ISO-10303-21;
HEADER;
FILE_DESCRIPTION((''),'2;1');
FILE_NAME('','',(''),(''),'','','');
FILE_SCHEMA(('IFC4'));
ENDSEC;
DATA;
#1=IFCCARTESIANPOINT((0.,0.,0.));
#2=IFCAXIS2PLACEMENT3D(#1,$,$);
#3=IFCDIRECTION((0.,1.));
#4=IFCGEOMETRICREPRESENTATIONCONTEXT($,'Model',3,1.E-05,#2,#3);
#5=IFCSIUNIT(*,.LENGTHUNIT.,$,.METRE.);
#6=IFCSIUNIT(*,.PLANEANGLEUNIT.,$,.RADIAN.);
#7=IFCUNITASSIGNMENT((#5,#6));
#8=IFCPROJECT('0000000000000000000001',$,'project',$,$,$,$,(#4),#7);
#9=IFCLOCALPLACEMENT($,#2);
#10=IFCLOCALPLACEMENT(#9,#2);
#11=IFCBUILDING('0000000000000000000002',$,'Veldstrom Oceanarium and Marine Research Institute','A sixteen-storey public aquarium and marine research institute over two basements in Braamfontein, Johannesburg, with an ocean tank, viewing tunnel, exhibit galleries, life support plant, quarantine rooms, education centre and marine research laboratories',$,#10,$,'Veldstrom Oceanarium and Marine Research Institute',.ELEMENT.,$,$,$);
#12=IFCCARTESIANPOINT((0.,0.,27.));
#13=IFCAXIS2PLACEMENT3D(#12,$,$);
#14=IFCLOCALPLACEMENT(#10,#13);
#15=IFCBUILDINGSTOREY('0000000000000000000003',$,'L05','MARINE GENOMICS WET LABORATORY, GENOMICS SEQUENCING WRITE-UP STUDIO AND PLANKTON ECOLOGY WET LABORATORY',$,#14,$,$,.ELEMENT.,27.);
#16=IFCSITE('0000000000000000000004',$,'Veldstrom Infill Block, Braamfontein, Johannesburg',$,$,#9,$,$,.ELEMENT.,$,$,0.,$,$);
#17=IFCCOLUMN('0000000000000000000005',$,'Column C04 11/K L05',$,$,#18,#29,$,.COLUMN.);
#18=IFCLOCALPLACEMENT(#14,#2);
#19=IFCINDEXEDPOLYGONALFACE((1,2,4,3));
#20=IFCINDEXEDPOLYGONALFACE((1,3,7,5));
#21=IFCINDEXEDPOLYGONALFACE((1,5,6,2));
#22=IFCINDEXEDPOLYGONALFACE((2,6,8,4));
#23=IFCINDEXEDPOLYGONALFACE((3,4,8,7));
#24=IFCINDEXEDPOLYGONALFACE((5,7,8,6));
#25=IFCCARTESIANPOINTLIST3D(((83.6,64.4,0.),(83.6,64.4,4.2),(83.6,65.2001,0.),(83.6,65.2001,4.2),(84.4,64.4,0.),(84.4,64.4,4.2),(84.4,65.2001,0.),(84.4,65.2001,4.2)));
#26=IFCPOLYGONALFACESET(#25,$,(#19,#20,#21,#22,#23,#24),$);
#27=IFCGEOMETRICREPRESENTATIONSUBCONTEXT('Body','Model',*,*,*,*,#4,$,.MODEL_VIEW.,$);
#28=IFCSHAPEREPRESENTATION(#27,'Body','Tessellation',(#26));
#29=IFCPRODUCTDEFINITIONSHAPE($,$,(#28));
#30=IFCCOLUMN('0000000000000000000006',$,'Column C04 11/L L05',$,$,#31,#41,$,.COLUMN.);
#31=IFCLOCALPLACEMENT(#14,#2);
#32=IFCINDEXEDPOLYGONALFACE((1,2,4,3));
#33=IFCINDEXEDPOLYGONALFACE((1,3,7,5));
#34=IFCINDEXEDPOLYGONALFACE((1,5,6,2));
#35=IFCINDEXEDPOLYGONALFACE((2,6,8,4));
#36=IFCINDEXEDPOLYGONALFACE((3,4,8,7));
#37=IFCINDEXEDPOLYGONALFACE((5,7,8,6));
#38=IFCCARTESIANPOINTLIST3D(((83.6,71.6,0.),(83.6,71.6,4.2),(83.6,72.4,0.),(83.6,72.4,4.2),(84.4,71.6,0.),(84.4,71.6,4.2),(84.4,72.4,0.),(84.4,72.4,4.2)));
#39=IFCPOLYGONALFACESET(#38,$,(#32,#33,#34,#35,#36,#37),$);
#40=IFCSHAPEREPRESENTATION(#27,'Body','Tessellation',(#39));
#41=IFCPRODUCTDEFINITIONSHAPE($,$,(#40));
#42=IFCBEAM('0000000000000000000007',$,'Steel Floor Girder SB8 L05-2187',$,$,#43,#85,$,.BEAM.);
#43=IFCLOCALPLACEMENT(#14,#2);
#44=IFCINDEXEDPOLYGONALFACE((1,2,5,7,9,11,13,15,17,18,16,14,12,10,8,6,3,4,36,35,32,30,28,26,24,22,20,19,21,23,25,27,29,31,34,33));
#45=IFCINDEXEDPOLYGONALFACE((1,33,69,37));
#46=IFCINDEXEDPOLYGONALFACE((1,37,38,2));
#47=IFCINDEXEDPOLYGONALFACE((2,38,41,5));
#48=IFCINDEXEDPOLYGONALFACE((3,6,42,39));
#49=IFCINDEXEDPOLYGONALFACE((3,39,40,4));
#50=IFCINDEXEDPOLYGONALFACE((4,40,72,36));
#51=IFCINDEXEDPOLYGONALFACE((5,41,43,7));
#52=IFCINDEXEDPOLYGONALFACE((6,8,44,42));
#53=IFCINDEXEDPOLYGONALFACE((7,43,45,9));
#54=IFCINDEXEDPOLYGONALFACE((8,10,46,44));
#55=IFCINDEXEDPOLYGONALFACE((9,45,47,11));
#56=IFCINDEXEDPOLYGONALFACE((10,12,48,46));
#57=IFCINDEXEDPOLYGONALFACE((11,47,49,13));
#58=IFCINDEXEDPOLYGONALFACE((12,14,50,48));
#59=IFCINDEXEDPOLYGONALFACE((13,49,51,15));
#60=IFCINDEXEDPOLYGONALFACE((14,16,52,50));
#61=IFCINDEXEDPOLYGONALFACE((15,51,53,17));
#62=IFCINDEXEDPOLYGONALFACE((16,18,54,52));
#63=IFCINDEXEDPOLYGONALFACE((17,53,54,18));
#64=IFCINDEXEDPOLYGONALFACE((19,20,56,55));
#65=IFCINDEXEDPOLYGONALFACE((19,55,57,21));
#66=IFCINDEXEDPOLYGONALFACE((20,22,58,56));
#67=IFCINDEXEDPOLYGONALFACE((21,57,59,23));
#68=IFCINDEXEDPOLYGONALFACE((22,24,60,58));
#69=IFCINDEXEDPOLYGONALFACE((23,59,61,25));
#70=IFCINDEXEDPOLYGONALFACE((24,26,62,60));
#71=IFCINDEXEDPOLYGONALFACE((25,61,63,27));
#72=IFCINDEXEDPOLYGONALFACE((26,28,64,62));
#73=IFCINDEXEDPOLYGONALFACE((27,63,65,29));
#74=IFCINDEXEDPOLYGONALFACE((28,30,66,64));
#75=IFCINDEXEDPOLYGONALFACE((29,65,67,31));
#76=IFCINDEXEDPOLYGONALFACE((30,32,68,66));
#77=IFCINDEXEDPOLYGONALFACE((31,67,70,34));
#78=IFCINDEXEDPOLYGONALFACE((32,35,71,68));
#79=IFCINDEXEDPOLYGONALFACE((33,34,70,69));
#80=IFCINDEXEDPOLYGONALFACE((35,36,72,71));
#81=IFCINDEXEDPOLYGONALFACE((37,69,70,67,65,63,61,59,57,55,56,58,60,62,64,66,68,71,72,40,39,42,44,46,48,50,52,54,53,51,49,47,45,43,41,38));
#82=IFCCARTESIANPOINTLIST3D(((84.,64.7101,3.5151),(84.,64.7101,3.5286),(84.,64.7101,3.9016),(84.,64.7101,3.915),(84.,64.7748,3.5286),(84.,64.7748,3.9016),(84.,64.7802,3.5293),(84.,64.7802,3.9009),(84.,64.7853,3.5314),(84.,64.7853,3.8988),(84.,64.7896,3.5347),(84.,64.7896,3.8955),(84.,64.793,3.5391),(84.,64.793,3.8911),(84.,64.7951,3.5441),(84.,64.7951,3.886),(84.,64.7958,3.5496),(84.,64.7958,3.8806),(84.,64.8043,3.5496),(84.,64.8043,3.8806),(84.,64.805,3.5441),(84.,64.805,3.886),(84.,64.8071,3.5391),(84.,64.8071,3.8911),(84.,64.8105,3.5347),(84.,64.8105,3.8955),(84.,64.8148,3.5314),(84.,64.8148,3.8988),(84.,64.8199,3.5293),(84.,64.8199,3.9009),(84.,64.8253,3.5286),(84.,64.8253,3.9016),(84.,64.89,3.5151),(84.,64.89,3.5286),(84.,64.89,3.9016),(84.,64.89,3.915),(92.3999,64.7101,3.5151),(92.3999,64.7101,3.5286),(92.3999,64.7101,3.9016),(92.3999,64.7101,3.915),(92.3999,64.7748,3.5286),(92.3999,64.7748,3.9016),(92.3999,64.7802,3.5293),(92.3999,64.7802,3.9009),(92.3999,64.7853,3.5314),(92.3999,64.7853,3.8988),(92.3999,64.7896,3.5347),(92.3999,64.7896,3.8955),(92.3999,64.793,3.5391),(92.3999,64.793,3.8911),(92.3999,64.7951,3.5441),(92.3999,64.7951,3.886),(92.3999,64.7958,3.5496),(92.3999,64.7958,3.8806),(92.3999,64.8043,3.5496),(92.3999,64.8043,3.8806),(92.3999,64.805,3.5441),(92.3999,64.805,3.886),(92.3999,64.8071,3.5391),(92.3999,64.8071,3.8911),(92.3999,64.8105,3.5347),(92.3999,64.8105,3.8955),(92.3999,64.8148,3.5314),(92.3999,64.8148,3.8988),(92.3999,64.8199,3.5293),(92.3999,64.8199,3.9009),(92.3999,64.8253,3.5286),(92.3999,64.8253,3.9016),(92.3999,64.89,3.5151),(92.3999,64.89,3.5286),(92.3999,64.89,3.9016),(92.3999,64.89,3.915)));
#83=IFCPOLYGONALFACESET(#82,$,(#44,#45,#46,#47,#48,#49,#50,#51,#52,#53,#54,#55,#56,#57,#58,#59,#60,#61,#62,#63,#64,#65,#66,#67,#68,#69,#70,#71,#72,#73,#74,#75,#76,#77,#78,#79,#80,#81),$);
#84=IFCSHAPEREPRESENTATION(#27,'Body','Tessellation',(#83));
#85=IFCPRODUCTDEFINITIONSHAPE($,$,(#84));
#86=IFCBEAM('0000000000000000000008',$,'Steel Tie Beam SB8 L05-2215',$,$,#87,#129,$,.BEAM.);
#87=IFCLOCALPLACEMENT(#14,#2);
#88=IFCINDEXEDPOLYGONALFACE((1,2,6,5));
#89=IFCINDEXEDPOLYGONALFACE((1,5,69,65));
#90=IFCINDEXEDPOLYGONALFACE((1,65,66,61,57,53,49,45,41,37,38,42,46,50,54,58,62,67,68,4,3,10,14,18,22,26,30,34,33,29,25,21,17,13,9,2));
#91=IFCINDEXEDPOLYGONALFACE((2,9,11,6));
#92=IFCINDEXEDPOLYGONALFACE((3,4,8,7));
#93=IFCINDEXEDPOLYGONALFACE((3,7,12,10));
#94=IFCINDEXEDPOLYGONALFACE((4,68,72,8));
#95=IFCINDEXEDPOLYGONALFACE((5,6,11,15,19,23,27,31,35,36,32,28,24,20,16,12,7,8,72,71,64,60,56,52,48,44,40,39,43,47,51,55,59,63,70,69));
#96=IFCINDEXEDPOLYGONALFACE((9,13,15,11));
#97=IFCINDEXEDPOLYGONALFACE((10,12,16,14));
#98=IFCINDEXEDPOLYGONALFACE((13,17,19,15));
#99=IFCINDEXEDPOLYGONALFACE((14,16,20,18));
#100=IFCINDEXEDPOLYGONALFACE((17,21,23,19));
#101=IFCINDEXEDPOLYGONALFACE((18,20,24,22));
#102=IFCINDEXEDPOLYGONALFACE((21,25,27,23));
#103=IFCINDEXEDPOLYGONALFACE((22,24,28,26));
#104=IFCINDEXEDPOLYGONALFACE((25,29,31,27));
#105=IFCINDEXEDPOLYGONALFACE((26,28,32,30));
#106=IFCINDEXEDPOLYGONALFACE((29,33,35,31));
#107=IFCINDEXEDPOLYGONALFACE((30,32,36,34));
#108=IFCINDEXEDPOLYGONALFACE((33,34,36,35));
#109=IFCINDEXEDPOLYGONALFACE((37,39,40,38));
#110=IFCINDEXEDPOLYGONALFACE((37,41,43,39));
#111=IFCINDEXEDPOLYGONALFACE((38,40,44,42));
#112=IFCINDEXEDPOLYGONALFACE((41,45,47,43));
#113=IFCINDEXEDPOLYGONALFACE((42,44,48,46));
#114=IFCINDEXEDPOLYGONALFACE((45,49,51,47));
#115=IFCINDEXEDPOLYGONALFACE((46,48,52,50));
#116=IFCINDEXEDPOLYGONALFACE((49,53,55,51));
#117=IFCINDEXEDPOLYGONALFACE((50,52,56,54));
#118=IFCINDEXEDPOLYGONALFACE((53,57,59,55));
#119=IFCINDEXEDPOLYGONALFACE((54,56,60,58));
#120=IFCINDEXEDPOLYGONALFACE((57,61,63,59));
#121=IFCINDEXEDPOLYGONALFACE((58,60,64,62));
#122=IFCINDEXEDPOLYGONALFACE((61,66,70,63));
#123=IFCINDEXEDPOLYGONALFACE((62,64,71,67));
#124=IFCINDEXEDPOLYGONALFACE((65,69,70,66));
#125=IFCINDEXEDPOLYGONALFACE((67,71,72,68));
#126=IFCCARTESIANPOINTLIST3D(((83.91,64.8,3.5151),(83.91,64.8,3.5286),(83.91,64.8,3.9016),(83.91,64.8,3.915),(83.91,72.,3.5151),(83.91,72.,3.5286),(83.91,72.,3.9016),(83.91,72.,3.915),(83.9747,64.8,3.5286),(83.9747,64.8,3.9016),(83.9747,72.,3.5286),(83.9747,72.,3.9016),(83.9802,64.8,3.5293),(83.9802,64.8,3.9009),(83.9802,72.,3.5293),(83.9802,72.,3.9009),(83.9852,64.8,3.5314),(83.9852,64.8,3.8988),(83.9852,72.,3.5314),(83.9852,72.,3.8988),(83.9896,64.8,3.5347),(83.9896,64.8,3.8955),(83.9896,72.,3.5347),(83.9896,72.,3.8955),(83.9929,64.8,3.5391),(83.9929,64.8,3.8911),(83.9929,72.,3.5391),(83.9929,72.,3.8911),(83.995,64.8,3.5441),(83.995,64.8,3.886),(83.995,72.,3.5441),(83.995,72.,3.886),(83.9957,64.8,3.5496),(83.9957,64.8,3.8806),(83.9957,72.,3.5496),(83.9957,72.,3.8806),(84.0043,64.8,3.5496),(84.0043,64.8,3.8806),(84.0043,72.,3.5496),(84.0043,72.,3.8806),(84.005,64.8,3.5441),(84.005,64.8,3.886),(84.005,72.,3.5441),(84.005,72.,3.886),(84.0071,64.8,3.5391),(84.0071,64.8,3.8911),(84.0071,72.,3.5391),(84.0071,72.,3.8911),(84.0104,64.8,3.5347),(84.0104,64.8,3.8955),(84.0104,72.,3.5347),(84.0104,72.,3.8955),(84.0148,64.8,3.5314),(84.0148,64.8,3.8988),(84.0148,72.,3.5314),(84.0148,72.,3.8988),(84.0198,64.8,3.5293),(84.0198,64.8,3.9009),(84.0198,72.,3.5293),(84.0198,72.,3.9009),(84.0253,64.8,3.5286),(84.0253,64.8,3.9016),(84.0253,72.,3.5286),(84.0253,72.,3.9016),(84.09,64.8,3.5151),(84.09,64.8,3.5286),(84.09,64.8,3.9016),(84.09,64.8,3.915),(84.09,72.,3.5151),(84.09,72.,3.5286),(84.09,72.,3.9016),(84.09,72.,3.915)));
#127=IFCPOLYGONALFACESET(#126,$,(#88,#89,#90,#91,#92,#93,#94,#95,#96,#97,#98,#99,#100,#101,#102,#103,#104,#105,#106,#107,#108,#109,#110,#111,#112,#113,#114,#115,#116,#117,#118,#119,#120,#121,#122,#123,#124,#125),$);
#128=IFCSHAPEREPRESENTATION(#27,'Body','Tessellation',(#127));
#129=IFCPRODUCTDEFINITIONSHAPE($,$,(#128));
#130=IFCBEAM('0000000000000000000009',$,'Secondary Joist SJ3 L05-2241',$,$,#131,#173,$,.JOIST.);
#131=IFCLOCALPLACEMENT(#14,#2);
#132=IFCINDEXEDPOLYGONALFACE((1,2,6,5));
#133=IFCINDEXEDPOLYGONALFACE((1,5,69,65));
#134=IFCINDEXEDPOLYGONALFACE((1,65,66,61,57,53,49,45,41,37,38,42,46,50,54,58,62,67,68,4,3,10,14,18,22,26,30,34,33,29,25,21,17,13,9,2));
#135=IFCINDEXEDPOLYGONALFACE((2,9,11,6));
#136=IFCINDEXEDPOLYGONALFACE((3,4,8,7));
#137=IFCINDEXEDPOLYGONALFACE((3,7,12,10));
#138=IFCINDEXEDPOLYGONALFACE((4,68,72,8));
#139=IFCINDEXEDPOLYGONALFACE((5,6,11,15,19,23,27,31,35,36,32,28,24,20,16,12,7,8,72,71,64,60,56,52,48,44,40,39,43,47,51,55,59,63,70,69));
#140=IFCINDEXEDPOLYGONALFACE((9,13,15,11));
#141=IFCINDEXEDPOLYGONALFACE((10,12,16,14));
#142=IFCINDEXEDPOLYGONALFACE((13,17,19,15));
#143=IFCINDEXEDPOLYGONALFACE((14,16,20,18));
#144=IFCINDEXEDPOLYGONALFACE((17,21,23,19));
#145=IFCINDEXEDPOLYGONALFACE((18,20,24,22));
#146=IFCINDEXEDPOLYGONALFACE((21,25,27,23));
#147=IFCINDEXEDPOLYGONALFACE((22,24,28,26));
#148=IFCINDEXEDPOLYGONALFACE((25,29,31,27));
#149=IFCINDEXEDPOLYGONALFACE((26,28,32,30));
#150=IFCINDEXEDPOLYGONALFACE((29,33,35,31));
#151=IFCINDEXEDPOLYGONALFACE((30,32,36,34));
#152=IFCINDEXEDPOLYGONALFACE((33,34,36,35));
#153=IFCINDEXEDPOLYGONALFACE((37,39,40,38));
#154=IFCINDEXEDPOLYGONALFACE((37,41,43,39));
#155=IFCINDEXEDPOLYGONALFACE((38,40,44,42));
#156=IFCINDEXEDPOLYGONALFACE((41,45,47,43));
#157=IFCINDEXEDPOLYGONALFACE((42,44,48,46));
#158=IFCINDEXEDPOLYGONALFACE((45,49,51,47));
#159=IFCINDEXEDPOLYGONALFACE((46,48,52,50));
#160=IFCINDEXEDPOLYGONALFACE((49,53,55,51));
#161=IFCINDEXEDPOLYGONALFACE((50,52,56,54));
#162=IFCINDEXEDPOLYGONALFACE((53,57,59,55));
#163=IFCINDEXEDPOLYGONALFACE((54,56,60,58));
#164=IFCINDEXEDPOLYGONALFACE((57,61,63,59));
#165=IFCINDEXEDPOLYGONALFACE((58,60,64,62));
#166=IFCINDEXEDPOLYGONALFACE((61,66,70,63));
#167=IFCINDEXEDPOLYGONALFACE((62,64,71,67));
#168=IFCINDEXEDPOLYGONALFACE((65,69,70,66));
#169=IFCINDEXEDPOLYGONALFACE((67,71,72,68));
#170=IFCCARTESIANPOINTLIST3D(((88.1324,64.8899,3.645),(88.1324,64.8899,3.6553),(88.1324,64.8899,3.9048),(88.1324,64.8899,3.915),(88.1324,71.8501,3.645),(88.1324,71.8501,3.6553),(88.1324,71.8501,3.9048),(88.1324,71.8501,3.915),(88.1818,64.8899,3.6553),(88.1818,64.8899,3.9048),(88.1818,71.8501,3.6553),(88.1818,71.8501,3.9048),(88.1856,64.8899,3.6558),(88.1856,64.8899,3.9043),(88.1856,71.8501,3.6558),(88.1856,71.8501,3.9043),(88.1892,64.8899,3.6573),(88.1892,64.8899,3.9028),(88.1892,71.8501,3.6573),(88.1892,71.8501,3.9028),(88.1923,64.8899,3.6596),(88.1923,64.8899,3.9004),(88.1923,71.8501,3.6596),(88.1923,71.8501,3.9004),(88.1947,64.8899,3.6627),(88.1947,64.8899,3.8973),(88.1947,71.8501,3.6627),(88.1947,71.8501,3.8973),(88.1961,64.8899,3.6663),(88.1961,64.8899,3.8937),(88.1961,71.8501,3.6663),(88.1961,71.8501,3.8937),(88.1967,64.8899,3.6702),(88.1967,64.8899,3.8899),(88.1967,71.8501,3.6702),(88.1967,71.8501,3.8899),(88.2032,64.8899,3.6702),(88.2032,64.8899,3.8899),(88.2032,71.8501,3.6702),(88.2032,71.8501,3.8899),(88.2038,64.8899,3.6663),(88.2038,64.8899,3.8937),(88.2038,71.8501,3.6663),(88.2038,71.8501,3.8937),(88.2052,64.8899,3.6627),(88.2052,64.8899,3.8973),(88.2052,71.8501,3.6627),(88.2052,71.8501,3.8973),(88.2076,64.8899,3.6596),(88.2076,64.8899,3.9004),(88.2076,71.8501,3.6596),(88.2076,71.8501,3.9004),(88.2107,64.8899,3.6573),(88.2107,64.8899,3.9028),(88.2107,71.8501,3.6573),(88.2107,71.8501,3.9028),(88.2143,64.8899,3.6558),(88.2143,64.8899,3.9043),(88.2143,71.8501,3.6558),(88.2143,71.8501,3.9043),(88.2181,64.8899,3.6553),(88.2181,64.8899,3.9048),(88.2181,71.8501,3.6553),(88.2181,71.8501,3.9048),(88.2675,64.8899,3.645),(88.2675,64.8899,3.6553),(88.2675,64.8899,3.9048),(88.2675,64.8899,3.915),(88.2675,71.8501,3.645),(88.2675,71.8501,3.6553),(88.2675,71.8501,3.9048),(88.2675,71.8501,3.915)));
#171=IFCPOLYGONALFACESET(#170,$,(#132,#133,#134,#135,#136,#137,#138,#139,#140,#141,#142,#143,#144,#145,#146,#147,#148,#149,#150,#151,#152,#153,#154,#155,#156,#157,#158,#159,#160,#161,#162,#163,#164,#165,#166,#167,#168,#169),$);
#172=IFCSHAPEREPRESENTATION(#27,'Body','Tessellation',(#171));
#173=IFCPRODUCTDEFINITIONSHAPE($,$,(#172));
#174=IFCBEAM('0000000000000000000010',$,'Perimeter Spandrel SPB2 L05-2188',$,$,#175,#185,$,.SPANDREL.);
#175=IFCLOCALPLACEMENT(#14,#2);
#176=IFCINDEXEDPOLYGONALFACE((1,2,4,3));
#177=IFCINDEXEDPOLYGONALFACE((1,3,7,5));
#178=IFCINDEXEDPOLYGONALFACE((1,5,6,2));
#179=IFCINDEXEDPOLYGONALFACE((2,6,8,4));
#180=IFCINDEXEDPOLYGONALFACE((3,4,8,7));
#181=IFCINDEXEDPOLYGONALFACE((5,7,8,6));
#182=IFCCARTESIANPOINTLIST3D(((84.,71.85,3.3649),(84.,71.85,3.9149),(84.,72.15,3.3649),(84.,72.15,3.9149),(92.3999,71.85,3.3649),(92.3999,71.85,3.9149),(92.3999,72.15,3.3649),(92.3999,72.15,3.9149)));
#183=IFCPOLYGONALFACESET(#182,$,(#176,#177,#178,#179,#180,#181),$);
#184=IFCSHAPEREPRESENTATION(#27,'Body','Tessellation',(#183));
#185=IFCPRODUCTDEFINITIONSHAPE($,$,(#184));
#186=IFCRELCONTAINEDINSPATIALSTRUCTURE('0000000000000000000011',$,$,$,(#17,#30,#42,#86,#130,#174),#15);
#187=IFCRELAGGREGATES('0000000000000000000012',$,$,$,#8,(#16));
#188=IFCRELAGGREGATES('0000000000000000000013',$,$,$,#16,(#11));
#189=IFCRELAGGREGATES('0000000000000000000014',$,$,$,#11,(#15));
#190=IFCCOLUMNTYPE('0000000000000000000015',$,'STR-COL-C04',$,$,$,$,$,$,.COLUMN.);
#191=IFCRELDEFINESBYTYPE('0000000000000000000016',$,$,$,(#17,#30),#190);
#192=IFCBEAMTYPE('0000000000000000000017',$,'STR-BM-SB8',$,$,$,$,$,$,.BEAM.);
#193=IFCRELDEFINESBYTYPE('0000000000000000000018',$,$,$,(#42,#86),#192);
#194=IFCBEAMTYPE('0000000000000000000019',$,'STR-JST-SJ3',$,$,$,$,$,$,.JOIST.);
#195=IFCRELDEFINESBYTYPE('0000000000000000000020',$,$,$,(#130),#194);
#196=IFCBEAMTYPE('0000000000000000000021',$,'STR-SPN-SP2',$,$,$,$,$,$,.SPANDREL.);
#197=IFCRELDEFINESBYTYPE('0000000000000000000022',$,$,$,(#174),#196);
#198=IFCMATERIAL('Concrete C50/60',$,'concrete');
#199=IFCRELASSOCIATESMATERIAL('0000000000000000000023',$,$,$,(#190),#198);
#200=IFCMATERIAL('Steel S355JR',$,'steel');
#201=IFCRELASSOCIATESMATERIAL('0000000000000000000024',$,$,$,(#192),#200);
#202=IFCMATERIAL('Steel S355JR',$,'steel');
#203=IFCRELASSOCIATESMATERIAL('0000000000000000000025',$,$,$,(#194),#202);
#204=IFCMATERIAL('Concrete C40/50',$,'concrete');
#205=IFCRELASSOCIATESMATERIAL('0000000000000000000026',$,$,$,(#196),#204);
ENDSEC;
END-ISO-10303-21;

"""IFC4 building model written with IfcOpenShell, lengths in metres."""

from ifc_helpers import new_model, si_unit, direction, frame, origin, origin_2d, place, context, subcontext, project, spatial, rectangle, i_section, extrude, material, material_profile, profile_set, type_object, element, save


model = new_model("IFC4")

# Units and contexts
model_context = context("Model", 3, precision=1e-05, world=origin(), true_north=direction((0.0, 1.0)))
body_context = subcontext(model_context, "Body", "Model", "MODEL_VIEW")
ifc_project = project(units=[si_unit("LENGTHUNIT", "METRE"), si_unit("PLANEANGLEUNIT", "RADIAN")], contexts=[model_context])

# Site, building, storey
site_placement = place(None, origin())
site = spatial("IfcSite", under=ifc_project, at=site_placement, Name="Veldstrom Infill Block, Braamfontein, Johannesburg", CompositionType="ELEMENT", RefElevation=0.0)
building_placement = place(site_placement, origin())
building = spatial("IfcBuilding", under=site, at=building_placement, Name="Veldstrom Oceanarium and Marine Research Institute", Description="A sixteen-storey public aquarium and marine research institute over two basements in Braamfontein, Johannesburg, with an ocean tank, viewing tunnel, exhibit galleries, life support plant, quarantine rooms, education centre and marine research laboratories", LongName="Veldstrom Oceanarium and Marine Research Institute", CompositionType="ELEMENT")
storey_placement = place(building_placement, frame((0.0, 0.0, 27.0)))
storey = spatial("IfcBuildingStorey", under=building, at=storey_placement, Name="L05", Description="MARINE GENOMICS WET LABORATORY, GENOMICS SEQUENCING WRITE-UP STUDIO AND PLANKTON ECOLOGY WET LABORATORY", CompositionType="ELEMENT", Elevation=27.0)

# Columns
ifc_material_1 = material(Name="Concrete C50/60", Category="concrete")
ifc_material_profile_1 = material_profile(ifc_material_1, rectangle(XDim=0.8, YDim=0.8, at=origin_2d()), Name="RC-COL-800x800")
ifc_profile_set_1 = profile_set([ifc_material_profile_1], Name="Concrete C50/60")
column_type = type_object("IfcColumnType", Name="STR-COL-C04", PredefinedType="COLUMN", material=ifc_profile_set_1)
for number, where, z_axis, x_axis, name in (
    (1, (84.0, 64.8, 0.0), (0.0, 0.0, 1.0), (1.0, 0.0, 0.0), "Column C04 11/K L05"),
    (2, (84.0, 72.0, 0.0), (0.0, 0.0, 1.0), (1.0, 0.0, 0.0), "Column C04 11/L L05"),
):
    element("IfcColumn", number, at=place(storey_placement, frame(where, z_axis=z_axis, x_axis=x_axis)), inside=storey, type_object=column_type, Name=name, PredefinedType="COLUMN", context=body_context, shape_type="SweptSolid", body=[
        extrude(rectangle(XDim=0.8, YDim=0.8, at=origin_2d()), origin(), (0.0, 0.0, 1.0), 4.2),
    ])

# Beams
ifc_material_2 = material(Name="Steel S355JR", Category="steel")
ifc_material_profile_2 = material_profile(ifc_material_2, i_section(OverallWidth=0.1799, OverallDepth=0.3999, WebThickness=0.0085, FlangeThickness=0.0134, FilletRadius=0.021, at=origin_2d()), Name="IPE 400")
ifc_profile_set_2 = profile_set([ifc_material_profile_2], Name="Steel S355JR")
beam_type_1 = type_object("IfcBeamType", Name="STR-BM-SB8", PredefinedType="BEAM", material=ifc_profile_set_2)
beam_1_placement = place(storey_placement, frame((84.0, 64.8, 3.7151), z_axis=(1.0, 0.0, 0.0), x_axis=(0.0, 1.0, 0.0)))
element("IfcBeam", 3, at=beam_1_placement, inside=storey, type_object=beam_type_1, Name="Steel Floor Girder SB8 L05-2187", PredefinedType="BEAM", context=body_context, shape_type="SweptSolid", body=[
    extrude(i_section(OverallWidth=0.1799, OverallDepth=0.3999, WebThickness=0.0085, FlangeThickness=0.0134, FilletRadius=0.021, at=origin_2d()), origin(), (0.0, 0.0, 1.0), 8.3999),
])
beam_2_placement = place(storey_placement, frame((84.0, 64.8, 3.7151), z_axis=(0.0, 1.0, 0.0), x_axis=(-1.0, 0.0, 0.0)))
element("IfcBeam", 4, at=beam_2_placement, inside=storey, type_object=beam_type_1, Name="Steel Tie Beam SB8 L05-2215", PredefinedType="BEAM", context=body_context, shape_type="SweptSolid", body=[
    extrude(i_section(OverallWidth=0.1799, OverallDepth=0.3999, WebThickness=0.0085, FlangeThickness=0.0134, FilletRadius=0.021, at=origin_2d()), origin(), (0.0, 0.0, 1.0), 7.2),
])
ifc_material_3 = material(Name="Steel S355JR", Category="steel")
ifc_material_profile_3 = material_profile(ifc_material_3, i_section(OverallWidth=0.135, OverallDepth=0.27, WebThickness=0.0066, FlangeThickness=0.0103, FilletRadius=0.0149, at=origin_2d()), Name="IPE 270")
ifc_profile_set_3 = profile_set([ifc_material_profile_3], Name="Steel S355JR")
beam_type_2 = type_object("IfcBeamType", Name="STR-JST-SJ3", PredefinedType="JOIST", material=ifc_profile_set_3)
beam_3_placement = place(storey_placement, frame((88.2, 64.8899, 3.78), z_axis=(0.0, 1.0, 0.0), x_axis=(-1.0, 0.0, 0.0)))
element("IfcBeam", 5, at=beam_3_placement, inside=storey, type_object=beam_type_2, Name="Secondary Joist SJ3 L05-2241", PredefinedType="JOIST", context=body_context, shape_type="SweptSolid", body=[
    extrude(i_section(OverallWidth=0.135, OverallDepth=0.27, WebThickness=0.0066, FlangeThickness=0.0103, FilletRadius=0.0149, at=origin_2d()), origin(), (0.0, 0.0, 1.0), 6.9602),
])
ifc_material_4 = material(Name="Concrete C40/50", Category="concrete")
ifc_material_profile_4 = material_profile(ifc_material_4, rectangle(XDim=0.3, YDim=0.55, at=origin_2d()), Name="RC-SPN-300x550")
ifc_profile_set_4 = profile_set([ifc_material_profile_4], Name="Concrete C40/50")
beam_type_3 = type_object("IfcBeamType", Name="STR-SPN-SP2", PredefinedType="SPANDREL", material=ifc_profile_set_4)
beam_4_placement = place(storey_placement, frame((84.0, 72.0, 3.6399), z_axis=(1.0, 0.0, 0.0), x_axis=(0.0, 1.0, 0.0)))
element("IfcBeam", 6, at=beam_4_placement, inside=storey, type_object=beam_type_3, Name="Perimeter Spandrel SPB2 L05-2188", PredefinedType="SPANDREL", context=body_context, shape_type="SweptSolid", body=[
    extrude(rectangle(XDim=0.3, YDim=0.55, at=origin_2d()), origin(), (0.0, 0.0, 1.0), 8.3999),
])

save(model, "model.ifc")
